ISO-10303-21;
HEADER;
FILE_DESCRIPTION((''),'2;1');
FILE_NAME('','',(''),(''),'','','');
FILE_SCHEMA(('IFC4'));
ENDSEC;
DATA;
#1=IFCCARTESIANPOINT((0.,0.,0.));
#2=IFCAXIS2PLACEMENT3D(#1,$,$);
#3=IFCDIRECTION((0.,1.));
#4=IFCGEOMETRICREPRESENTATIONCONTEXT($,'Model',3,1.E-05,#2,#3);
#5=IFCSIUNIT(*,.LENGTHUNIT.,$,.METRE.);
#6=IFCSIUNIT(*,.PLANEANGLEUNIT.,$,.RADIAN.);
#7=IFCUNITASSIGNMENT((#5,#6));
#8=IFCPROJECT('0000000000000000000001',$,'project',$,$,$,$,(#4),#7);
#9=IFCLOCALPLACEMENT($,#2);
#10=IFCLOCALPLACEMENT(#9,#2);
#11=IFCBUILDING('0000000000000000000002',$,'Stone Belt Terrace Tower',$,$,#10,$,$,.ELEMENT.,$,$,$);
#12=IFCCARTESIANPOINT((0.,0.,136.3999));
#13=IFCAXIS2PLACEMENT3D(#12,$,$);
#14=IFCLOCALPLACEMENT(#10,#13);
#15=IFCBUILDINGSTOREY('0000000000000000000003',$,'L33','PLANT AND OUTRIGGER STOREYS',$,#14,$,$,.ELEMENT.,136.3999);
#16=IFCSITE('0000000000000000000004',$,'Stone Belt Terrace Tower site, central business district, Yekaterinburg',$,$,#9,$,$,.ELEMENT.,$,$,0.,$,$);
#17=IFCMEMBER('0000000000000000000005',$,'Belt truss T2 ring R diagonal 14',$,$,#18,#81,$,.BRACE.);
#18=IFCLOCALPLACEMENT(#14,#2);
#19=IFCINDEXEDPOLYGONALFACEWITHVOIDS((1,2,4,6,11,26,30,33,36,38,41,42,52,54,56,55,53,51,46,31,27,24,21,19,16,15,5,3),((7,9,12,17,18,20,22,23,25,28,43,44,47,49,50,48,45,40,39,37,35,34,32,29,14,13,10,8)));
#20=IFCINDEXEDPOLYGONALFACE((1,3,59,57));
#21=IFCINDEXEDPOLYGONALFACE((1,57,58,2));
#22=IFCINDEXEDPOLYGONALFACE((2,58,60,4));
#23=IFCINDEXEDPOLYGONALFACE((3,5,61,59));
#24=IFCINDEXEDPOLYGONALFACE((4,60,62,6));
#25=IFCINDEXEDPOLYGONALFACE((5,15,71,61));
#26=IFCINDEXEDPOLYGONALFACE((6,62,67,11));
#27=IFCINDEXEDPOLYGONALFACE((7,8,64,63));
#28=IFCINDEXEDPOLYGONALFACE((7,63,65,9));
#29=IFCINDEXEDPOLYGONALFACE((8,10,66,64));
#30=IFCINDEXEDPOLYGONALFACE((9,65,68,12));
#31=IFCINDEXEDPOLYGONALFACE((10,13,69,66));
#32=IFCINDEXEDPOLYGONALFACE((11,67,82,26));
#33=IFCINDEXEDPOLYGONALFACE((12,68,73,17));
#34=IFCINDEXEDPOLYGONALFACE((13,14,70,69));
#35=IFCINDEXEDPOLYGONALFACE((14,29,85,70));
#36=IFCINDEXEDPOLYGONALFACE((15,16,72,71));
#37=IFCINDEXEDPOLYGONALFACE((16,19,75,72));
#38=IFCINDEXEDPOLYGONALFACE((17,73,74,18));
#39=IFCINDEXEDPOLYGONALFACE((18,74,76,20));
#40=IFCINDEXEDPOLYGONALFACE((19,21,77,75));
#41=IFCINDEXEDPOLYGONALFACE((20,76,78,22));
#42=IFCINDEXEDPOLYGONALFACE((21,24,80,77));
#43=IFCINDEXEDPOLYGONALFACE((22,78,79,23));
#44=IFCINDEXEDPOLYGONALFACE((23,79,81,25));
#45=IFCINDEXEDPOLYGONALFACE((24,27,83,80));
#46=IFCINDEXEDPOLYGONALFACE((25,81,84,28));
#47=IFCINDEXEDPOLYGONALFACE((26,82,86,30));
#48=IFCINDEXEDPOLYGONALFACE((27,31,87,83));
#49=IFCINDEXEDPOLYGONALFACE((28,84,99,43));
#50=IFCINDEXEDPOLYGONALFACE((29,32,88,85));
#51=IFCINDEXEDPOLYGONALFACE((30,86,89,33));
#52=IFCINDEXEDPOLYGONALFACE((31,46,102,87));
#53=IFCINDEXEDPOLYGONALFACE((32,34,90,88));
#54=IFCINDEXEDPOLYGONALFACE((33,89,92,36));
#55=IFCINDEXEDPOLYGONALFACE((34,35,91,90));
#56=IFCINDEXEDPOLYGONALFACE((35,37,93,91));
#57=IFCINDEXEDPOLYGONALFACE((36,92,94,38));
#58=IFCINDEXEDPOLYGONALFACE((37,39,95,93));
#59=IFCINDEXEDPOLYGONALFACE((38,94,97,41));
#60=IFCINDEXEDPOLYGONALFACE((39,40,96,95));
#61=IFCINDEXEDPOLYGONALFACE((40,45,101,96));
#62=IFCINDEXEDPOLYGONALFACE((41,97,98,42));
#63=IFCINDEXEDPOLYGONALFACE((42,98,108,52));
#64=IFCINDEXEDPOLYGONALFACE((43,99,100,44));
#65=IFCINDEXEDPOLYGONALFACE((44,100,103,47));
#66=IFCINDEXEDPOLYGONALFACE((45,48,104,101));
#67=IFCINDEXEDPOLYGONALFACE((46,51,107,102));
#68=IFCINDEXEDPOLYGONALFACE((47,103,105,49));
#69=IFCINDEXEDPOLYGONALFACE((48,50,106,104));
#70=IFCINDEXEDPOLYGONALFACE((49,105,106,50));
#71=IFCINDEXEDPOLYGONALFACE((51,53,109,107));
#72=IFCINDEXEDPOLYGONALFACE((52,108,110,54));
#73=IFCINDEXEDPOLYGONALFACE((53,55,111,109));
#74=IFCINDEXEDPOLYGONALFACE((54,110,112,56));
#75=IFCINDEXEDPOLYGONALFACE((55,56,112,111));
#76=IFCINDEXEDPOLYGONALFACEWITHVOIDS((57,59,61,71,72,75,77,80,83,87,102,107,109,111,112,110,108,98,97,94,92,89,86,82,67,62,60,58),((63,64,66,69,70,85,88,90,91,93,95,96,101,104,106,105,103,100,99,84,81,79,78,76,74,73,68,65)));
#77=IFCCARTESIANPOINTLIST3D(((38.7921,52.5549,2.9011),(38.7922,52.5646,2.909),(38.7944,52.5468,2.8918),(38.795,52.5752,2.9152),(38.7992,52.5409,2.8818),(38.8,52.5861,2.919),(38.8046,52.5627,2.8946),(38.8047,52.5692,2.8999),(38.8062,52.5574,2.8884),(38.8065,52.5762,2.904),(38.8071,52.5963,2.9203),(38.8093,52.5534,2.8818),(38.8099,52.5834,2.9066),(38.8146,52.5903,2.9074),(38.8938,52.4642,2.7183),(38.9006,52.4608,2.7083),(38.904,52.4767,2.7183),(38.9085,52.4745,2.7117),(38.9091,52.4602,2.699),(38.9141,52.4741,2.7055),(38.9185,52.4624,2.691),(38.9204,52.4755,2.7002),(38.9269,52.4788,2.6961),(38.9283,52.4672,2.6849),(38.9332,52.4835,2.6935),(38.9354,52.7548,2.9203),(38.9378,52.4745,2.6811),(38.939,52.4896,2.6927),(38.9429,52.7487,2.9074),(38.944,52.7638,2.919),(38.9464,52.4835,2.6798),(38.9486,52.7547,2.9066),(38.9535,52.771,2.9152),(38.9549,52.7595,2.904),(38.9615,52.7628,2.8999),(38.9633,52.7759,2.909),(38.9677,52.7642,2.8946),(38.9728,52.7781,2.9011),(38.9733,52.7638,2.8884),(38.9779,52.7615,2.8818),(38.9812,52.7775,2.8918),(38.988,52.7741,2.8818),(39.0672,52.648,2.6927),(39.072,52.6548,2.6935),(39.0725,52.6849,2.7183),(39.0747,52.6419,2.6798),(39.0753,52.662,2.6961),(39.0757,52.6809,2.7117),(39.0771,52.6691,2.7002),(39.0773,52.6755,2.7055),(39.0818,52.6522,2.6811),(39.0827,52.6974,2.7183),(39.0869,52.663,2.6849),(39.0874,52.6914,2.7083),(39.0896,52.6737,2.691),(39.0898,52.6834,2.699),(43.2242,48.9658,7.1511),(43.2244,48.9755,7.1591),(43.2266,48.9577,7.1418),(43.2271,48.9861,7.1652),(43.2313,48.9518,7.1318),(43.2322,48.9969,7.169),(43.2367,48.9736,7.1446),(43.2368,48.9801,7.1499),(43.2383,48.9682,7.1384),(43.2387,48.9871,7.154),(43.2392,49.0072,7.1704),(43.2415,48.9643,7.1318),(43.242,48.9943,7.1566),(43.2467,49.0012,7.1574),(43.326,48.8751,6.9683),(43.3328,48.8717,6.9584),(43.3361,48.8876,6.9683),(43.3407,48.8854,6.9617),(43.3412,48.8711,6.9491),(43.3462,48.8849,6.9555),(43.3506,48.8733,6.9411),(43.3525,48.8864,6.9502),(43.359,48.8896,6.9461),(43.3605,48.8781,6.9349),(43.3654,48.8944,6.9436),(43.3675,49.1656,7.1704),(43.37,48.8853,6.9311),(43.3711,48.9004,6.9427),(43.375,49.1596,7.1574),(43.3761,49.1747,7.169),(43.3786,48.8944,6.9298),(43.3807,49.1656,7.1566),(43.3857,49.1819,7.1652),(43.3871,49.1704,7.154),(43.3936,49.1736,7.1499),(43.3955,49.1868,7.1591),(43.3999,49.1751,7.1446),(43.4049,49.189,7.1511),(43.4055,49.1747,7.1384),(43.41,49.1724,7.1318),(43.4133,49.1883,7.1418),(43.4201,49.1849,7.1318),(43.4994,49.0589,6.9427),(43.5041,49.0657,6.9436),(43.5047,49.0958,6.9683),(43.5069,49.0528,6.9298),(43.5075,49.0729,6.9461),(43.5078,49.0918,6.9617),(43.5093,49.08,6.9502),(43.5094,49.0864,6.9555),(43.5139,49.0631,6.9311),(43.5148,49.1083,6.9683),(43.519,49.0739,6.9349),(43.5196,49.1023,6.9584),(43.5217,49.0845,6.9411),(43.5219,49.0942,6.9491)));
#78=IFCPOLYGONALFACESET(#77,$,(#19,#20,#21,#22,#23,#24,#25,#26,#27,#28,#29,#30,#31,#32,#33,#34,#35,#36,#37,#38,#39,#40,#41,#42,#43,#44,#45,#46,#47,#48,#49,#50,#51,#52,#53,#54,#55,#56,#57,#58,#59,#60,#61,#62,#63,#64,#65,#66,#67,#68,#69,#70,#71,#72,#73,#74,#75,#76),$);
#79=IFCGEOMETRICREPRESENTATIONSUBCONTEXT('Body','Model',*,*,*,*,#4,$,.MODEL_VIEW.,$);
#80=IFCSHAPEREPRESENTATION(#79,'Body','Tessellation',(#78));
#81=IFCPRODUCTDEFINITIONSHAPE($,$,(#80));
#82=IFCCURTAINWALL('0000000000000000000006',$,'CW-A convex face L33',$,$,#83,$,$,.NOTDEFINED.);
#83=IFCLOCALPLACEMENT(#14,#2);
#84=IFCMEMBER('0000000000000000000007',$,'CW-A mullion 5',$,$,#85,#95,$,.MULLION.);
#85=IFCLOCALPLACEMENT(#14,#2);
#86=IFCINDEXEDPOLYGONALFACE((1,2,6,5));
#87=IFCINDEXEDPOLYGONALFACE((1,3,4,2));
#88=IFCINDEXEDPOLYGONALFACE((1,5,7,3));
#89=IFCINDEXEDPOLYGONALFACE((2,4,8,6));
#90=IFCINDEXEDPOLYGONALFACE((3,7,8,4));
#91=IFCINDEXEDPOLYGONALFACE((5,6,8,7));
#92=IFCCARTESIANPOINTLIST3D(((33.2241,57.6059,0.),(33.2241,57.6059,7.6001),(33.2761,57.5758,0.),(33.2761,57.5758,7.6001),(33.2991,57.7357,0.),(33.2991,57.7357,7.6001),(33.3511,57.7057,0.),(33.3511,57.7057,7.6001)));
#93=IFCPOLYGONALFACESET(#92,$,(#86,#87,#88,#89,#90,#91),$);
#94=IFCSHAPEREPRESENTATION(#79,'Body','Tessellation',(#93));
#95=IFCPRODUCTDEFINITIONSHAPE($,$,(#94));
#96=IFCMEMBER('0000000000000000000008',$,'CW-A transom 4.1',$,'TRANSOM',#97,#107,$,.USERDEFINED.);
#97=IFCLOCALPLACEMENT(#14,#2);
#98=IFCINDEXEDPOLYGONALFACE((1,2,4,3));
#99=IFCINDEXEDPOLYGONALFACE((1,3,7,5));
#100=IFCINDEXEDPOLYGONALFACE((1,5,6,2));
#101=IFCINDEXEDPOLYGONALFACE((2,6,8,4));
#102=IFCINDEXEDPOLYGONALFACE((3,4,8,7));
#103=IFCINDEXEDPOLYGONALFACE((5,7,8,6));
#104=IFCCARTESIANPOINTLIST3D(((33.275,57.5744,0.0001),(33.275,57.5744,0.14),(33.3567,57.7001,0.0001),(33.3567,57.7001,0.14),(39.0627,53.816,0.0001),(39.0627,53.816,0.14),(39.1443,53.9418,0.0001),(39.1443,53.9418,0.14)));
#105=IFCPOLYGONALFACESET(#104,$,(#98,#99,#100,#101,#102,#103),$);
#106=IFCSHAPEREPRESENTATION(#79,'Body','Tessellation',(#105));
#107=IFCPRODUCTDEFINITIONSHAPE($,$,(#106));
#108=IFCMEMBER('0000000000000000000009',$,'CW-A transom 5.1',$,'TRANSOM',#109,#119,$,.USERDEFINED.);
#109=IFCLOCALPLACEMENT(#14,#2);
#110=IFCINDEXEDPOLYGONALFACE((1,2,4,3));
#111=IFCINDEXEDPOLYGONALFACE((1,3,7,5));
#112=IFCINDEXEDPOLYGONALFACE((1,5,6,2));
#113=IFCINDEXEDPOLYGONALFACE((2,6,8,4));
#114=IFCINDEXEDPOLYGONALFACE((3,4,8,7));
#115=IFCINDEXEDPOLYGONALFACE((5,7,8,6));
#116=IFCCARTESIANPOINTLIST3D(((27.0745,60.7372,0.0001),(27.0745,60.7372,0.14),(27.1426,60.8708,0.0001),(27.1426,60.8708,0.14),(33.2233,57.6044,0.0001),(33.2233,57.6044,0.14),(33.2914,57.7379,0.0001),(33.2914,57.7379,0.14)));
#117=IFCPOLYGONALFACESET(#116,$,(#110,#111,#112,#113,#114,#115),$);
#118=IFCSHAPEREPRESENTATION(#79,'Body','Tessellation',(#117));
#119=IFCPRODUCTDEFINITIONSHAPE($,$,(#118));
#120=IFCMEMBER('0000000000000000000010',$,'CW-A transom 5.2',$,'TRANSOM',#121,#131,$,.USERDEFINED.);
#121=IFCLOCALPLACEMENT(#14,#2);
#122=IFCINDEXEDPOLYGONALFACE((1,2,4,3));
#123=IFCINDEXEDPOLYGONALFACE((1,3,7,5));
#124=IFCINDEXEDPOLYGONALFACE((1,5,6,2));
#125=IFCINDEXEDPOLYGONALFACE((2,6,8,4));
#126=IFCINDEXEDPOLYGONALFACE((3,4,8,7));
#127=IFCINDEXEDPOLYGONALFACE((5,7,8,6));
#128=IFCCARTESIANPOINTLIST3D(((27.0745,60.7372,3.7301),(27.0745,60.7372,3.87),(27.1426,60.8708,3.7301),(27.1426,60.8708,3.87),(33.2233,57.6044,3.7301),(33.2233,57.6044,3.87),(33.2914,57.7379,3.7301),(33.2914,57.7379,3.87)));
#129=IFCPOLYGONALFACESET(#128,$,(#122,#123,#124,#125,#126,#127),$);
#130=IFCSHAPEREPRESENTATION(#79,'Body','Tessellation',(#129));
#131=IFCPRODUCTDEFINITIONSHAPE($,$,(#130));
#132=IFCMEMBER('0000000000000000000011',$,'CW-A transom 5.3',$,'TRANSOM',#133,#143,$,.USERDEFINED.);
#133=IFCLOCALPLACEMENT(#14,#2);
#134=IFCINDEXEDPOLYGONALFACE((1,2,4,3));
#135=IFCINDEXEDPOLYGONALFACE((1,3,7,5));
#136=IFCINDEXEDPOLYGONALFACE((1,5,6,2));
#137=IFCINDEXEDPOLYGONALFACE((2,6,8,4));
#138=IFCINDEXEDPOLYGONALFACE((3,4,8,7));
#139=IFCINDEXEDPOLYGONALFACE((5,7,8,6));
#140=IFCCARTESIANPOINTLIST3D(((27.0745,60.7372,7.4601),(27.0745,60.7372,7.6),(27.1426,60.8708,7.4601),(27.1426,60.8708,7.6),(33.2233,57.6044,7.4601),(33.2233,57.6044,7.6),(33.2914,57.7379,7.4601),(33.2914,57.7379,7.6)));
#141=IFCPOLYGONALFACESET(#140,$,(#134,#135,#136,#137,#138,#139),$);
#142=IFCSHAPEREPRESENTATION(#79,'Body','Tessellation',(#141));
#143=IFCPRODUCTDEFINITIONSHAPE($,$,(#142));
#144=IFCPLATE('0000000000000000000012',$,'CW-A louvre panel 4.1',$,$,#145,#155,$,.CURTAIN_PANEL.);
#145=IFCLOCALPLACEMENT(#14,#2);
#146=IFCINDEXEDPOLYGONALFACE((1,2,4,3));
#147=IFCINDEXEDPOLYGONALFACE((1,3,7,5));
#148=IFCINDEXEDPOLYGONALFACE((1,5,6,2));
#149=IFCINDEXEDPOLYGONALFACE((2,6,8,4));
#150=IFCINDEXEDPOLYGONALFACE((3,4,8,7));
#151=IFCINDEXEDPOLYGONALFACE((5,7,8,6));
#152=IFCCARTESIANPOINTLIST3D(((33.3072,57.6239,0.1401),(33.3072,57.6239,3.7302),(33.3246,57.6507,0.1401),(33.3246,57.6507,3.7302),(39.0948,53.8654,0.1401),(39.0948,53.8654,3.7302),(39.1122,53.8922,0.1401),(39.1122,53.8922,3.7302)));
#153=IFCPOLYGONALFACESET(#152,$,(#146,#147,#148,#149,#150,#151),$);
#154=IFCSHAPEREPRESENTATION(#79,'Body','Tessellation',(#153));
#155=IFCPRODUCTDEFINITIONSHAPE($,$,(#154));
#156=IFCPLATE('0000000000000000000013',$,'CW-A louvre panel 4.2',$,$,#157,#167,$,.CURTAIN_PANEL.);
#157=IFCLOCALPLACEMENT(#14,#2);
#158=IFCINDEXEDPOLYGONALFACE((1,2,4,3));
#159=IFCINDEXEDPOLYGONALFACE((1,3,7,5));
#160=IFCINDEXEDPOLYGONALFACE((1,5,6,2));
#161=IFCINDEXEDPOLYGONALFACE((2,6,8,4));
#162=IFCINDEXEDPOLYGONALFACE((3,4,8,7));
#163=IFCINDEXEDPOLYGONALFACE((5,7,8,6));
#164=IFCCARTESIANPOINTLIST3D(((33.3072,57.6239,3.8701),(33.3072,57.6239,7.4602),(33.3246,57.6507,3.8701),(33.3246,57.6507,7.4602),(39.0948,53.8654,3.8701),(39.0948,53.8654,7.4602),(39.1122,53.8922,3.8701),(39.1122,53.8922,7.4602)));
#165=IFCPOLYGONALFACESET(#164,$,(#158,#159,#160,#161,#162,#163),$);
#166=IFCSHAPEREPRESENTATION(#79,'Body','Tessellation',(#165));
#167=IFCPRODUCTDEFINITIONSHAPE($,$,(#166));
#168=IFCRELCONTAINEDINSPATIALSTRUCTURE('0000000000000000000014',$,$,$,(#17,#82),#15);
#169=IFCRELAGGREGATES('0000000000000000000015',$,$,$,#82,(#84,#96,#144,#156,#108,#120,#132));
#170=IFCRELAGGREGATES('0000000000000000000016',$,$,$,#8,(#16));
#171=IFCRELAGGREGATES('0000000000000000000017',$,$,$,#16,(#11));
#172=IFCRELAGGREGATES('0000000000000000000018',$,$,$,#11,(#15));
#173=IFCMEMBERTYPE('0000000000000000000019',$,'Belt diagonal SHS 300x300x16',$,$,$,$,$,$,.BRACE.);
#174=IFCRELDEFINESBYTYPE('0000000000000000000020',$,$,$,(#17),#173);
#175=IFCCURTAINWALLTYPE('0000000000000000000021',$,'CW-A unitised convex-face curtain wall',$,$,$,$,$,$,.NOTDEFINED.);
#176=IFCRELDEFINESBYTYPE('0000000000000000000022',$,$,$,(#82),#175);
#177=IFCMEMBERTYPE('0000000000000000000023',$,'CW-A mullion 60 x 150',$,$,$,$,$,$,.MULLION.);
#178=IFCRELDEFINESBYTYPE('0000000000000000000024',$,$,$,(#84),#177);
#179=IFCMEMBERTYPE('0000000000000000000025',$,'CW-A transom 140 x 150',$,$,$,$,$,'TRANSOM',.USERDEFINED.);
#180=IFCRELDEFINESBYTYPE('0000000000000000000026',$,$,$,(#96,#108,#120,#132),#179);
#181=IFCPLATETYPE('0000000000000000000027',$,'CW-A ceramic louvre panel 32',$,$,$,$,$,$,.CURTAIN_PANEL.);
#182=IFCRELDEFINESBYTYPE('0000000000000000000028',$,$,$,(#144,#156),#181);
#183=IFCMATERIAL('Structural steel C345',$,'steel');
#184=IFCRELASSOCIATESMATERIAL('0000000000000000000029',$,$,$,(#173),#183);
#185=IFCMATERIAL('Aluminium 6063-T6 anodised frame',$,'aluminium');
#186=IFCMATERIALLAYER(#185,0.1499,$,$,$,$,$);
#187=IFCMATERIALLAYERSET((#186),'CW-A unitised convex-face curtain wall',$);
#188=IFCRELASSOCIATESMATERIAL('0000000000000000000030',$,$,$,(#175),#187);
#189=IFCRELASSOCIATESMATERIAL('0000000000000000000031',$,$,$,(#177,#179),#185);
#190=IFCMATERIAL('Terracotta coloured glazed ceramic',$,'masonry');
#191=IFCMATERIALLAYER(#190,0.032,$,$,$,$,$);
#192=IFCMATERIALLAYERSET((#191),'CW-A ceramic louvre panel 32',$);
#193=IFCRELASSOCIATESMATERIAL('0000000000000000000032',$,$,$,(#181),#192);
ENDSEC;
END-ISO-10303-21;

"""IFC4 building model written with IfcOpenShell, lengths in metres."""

from ifc_helpers import new_model, si_unit, direction, frame, origin, origin_2d, place, context, subcontext, project, spatial, rectangle, hollow_rectangle, extrude, material, layer, layer_set, material_profile, profile_set, type_object, element, aggregate, save


model = new_model("IFC4")

# Units and contexts
model_context = context("Model", 3, precision=1e-05, world=origin(), true_north=direction((0.0, 1.0)))
body_context = subcontext(model_context, "Body", "Model", "MODEL_VIEW")
ifc_project = project(units=[si_unit("LENGTHUNIT", "METRE"), si_unit("PLANEANGLEUNIT", "RADIAN")], contexts=[model_context])

# Site, building, storey
site_placement = place(None, origin())
site = spatial("IfcSite", under=ifc_project, at=site_placement, Name="Stone Belt Terrace Tower site, central business district, Yekaterinburg", CompositionType="ELEMENT", RefElevation=0.0)
building_placement = place(site_placement, origin())
building = spatial("IfcBuilding", under=site, at=building_placement, Name="Stone Belt Terrace Tower", CompositionType="ELEMENT")
storey_placement = place(building_placement, frame((0.0, 0.0, 136.3999)))
storey = spatial("IfcBuildingStorey", under=building, at=storey_placement, Name="L33", Description="PLANT AND OUTRIGGER STOREYS", CompositionType="ELEMENT", Elevation=136.3999)

# Member
ifc_material_1 = material(Name="Structural steel C345", Category="steel")
ifc_material_profile_1 = material_profile(ifc_material_1, hollow_rectangle(XDim=0.3, YDim=0.3, WallThickness=0.0161, InnerFilletRadius=0.032, OuterFilletRadius=0.0481, at=origin_2d()), Name="SHS 300x300x16")
ifc_profile_set_1 = profile_set([ifc_material_profile_1], Name="Structural steel C345")
member_type_1 = type_object("IfcMemberType", Name="Belt diagonal SHS 300x300x16", PredefinedType="BRACE", material=ifc_profile_set_1)
for number, where, z_axis, x_axis, name in (
    (1, (38.9409, 52.6191, 2.8), (0.623144, -0.504619, 0.597538), (0.629325, 0.777142, 0.0), "Belt truss T2 ring R diagonal 14"),
):
    element("IfcMember", number, at=place(storey_placement, frame(where, z_axis=z_axis, x_axis=x_axis)), inside=storey, type_object=member_type_1, Name=name, PredefinedType="BRACE", context=body_context, shape_type="SweptSolid", body=[
        extrude(hollow_rectangle(XDim=0.3, YDim=0.3, WallThickness=0.0161, InnerFilletRadius=0.032, OuterFilletRadius=0.0481, at=origin_2d()), origin(), (0.0, 0.0, 1.0), 7.1125),
    ])

# Curtain wall, members, plates
ifc_material_2 = material(Name="Aluminium 6063-T6 anodised frame", Category="aluminium")
ifc_layer_1 = layer(ifc_material_2, 0.1499)
ifc_layer_set_1 = layer_set([ifc_layer_1], Name="CW-A unitised convex-face curtain wall")
curtain_wall_type = type_object("IfcCurtainWallType", Name="CW-A unitised convex-face curtain wall", PredefinedType="NOTDEFINED", material=ifc_layer_set_1)
curtain_wall_placement = place(storey_placement, origin())
curtain_wall = element("IfcCurtainWall", 2, at=curtain_wall_placement, inside=storey, type_object=curtain_wall_type, Name="CW-A convex face L33", PredefinedType="NOTDEFINED")
ifc_material_profile_2 = material_profile(ifc_material_2, rectangle(XDim=0.1499, YDim=0.0601, at=origin_2d()), Name="Aluminium 6063-T6 60x150")
ifc_profile_set_2 = profile_set([ifc_material_profile_2], Name="Aluminium 6063-T6 anodised frame")
member_type_2 = type_object("IfcMemberType", Name="CW-A mullion 60 x 150", PredefinedType="MULLION", material=ifc_profile_set_2)
member_1_placement = place(storey_placement, frame((33.2876, 57.6558, 0.0), z_axis=(0.0, 0.0, 1.0), x_axis=(-0.5, -0.866025, 0.0)))
member_1 = element("IfcMember", 3, at=member_1_placement, type_object=member_type_2, Name="CW-A mullion 5", PredefinedType="MULLION", context=body_context, shape_type="SweptSolid", body=[
    extrude(rectangle(XDim=0.1499, YDim=0.0601, at=origin_2d()), origin(), (0.0, 0.0, 1.0), 7.6001),
])
ifc_material_profile_3 = material_profile(ifc_material_2, rectangle(XDim=0.1499, YDim=0.1399, at=origin_2d()), Name="Aluminium 6063-T6 150x140")
ifc_profile_set_3 = profile_set([ifc_material_profile_3], Name="Aluminium 6063-T6 anodised frame")
member_type_3 = type_object("IfcMemberType", Name="CW-A transom 140 x 150", ElementType="TRANSOM", PredefinedType="USERDEFINED", material=ifc_profile_set_3)
member_2_placement = place(storey_placement, frame((39.1035, 53.8789, 0.0701), z_axis=(-0.838684, 0.544618, 0.0), x_axis=(-0.544618, -0.838684, 0.0)))
member_2 = element("IfcMember", 4, at=member_2_placement, type_object=member_type_3, Name="CW-A transom 4.1", ObjectType="TRANSOM", PredefinedType="USERDEFINED", context=body_context, shape_type="SweptSolid", body=[
    extrude(rectangle(XDim=0.1499, YDim=0.1399, at=origin_2d()), origin(), (0.0, 0.0, 1.0), 6.9009),
])
member_3_placement = place(storey_placement, frame((33.2573, 57.6711, 0.0701), z_axis=(-0.891012, 0.453979, 0.0), x_axis=(-0.453979, -0.891012, 0.0)))
member_3 = element("IfcMember", 5, at=member_3_placement, type_object=member_type_3, Name="CW-A transom 5.1", ObjectType="TRANSOM", PredefinedType="USERDEFINED", context=body_context, shape_type="SweptSolid", body=[
    extrude(rectangle(XDim=0.1499, YDim=0.1399, at=origin_2d()), origin(), (0.0, 0.0, 1.0), 6.9009),
])
member_4_placement = place(storey_placement, frame((33.2573, 57.6711, 3.8), z_axis=(-0.891012, 0.453979, 0.0), x_axis=(-0.453979, -0.891012, 0.0)))
member_4 = element("IfcMember", 6, at=member_4_placement, type_object=member_type_3, Name="CW-A transom 5.2", ObjectType="TRANSOM", PredefinedType="USERDEFINED", context=body_context, shape_type="SweptSolid", body=[
    extrude(rectangle(XDim=0.1499, YDim=0.1399, at=origin_2d()), origin(), (0.0, 0.0, 1.0), 6.9009),
])
member_5_placement = place(storey_placement, frame((33.2573, 57.6711, 7.53), z_axis=(-0.891012, 0.453979, 0.0), x_axis=(-0.453979, -0.891012, 0.0)))
member_5 = element("IfcMember", 7, at=member_5_placement, type_object=member_type_3, Name="CW-A transom 5.3", ObjectType="TRANSOM", PredefinedType="USERDEFINED", context=body_context, shape_type="SweptSolid", body=[
    extrude(rectangle(XDim=0.1499, YDim=0.1399, at=origin_2d()), origin(), (0.0, 0.0, 1.0), 6.9009),
])
ifc_material_3 = material(Name="Terracotta coloured glazed ceramic", Category="masonry")
ifc_layer_2 = layer(ifc_material_3, 0.032)
ifc_layer_set_2 = layer_set([ifc_layer_2], Name="CW-A ceramic louvre panel 32")
plate_type = type_object("IfcPlateType", Name="CW-A ceramic louvre panel 32", PredefinedType="CURTAIN_PANEL", material=ifc_layer_set_2)
plate_1_placement = place(storey_placement, frame((36.2097, 55.7581, 0.1401), z_axis=(0.0, 0.0, 1.0), x_axis=(-0.838671, 0.544639, 0.0)))
plate_1 = element("IfcPlate", 8, at=plate_1_placement, type_object=plate_type, Name="CW-A louvre panel 4.1", PredefinedType="CURTAIN_PANEL", context=body_context, shape_type="SweptSolid", body=[
    extrude(rectangle(XDim=6.9009, YDim=0.032, at=origin_2d()), origin(), (0.0, 0.0, 1.0), 3.5901),
])
plate_2_placement = place(storey_placement, frame((36.2097, 55.7581, 3.8701), z_axis=(0.0, 0.0, 1.0), x_axis=(-0.838671, 0.544639, 0.0)))
plate_2 = element("IfcPlate", 9, at=plate_2_placement, type_object=plate_type, Name="CW-A louvre panel 4.2", PredefinedType="CURTAIN_PANEL", context=body_context, shape_type="SweptSolid", body=[
    extrude(rectangle(XDim=6.9009, YDim=0.032, at=origin_2d()), origin(), (0.0, 0.0, 1.0), 3.5901),
])
aggregate(curtain_wall, [member_1, member_2, plate_1, plate_2, member_3, member_4, member_5])

save(model, "model.ifc")
